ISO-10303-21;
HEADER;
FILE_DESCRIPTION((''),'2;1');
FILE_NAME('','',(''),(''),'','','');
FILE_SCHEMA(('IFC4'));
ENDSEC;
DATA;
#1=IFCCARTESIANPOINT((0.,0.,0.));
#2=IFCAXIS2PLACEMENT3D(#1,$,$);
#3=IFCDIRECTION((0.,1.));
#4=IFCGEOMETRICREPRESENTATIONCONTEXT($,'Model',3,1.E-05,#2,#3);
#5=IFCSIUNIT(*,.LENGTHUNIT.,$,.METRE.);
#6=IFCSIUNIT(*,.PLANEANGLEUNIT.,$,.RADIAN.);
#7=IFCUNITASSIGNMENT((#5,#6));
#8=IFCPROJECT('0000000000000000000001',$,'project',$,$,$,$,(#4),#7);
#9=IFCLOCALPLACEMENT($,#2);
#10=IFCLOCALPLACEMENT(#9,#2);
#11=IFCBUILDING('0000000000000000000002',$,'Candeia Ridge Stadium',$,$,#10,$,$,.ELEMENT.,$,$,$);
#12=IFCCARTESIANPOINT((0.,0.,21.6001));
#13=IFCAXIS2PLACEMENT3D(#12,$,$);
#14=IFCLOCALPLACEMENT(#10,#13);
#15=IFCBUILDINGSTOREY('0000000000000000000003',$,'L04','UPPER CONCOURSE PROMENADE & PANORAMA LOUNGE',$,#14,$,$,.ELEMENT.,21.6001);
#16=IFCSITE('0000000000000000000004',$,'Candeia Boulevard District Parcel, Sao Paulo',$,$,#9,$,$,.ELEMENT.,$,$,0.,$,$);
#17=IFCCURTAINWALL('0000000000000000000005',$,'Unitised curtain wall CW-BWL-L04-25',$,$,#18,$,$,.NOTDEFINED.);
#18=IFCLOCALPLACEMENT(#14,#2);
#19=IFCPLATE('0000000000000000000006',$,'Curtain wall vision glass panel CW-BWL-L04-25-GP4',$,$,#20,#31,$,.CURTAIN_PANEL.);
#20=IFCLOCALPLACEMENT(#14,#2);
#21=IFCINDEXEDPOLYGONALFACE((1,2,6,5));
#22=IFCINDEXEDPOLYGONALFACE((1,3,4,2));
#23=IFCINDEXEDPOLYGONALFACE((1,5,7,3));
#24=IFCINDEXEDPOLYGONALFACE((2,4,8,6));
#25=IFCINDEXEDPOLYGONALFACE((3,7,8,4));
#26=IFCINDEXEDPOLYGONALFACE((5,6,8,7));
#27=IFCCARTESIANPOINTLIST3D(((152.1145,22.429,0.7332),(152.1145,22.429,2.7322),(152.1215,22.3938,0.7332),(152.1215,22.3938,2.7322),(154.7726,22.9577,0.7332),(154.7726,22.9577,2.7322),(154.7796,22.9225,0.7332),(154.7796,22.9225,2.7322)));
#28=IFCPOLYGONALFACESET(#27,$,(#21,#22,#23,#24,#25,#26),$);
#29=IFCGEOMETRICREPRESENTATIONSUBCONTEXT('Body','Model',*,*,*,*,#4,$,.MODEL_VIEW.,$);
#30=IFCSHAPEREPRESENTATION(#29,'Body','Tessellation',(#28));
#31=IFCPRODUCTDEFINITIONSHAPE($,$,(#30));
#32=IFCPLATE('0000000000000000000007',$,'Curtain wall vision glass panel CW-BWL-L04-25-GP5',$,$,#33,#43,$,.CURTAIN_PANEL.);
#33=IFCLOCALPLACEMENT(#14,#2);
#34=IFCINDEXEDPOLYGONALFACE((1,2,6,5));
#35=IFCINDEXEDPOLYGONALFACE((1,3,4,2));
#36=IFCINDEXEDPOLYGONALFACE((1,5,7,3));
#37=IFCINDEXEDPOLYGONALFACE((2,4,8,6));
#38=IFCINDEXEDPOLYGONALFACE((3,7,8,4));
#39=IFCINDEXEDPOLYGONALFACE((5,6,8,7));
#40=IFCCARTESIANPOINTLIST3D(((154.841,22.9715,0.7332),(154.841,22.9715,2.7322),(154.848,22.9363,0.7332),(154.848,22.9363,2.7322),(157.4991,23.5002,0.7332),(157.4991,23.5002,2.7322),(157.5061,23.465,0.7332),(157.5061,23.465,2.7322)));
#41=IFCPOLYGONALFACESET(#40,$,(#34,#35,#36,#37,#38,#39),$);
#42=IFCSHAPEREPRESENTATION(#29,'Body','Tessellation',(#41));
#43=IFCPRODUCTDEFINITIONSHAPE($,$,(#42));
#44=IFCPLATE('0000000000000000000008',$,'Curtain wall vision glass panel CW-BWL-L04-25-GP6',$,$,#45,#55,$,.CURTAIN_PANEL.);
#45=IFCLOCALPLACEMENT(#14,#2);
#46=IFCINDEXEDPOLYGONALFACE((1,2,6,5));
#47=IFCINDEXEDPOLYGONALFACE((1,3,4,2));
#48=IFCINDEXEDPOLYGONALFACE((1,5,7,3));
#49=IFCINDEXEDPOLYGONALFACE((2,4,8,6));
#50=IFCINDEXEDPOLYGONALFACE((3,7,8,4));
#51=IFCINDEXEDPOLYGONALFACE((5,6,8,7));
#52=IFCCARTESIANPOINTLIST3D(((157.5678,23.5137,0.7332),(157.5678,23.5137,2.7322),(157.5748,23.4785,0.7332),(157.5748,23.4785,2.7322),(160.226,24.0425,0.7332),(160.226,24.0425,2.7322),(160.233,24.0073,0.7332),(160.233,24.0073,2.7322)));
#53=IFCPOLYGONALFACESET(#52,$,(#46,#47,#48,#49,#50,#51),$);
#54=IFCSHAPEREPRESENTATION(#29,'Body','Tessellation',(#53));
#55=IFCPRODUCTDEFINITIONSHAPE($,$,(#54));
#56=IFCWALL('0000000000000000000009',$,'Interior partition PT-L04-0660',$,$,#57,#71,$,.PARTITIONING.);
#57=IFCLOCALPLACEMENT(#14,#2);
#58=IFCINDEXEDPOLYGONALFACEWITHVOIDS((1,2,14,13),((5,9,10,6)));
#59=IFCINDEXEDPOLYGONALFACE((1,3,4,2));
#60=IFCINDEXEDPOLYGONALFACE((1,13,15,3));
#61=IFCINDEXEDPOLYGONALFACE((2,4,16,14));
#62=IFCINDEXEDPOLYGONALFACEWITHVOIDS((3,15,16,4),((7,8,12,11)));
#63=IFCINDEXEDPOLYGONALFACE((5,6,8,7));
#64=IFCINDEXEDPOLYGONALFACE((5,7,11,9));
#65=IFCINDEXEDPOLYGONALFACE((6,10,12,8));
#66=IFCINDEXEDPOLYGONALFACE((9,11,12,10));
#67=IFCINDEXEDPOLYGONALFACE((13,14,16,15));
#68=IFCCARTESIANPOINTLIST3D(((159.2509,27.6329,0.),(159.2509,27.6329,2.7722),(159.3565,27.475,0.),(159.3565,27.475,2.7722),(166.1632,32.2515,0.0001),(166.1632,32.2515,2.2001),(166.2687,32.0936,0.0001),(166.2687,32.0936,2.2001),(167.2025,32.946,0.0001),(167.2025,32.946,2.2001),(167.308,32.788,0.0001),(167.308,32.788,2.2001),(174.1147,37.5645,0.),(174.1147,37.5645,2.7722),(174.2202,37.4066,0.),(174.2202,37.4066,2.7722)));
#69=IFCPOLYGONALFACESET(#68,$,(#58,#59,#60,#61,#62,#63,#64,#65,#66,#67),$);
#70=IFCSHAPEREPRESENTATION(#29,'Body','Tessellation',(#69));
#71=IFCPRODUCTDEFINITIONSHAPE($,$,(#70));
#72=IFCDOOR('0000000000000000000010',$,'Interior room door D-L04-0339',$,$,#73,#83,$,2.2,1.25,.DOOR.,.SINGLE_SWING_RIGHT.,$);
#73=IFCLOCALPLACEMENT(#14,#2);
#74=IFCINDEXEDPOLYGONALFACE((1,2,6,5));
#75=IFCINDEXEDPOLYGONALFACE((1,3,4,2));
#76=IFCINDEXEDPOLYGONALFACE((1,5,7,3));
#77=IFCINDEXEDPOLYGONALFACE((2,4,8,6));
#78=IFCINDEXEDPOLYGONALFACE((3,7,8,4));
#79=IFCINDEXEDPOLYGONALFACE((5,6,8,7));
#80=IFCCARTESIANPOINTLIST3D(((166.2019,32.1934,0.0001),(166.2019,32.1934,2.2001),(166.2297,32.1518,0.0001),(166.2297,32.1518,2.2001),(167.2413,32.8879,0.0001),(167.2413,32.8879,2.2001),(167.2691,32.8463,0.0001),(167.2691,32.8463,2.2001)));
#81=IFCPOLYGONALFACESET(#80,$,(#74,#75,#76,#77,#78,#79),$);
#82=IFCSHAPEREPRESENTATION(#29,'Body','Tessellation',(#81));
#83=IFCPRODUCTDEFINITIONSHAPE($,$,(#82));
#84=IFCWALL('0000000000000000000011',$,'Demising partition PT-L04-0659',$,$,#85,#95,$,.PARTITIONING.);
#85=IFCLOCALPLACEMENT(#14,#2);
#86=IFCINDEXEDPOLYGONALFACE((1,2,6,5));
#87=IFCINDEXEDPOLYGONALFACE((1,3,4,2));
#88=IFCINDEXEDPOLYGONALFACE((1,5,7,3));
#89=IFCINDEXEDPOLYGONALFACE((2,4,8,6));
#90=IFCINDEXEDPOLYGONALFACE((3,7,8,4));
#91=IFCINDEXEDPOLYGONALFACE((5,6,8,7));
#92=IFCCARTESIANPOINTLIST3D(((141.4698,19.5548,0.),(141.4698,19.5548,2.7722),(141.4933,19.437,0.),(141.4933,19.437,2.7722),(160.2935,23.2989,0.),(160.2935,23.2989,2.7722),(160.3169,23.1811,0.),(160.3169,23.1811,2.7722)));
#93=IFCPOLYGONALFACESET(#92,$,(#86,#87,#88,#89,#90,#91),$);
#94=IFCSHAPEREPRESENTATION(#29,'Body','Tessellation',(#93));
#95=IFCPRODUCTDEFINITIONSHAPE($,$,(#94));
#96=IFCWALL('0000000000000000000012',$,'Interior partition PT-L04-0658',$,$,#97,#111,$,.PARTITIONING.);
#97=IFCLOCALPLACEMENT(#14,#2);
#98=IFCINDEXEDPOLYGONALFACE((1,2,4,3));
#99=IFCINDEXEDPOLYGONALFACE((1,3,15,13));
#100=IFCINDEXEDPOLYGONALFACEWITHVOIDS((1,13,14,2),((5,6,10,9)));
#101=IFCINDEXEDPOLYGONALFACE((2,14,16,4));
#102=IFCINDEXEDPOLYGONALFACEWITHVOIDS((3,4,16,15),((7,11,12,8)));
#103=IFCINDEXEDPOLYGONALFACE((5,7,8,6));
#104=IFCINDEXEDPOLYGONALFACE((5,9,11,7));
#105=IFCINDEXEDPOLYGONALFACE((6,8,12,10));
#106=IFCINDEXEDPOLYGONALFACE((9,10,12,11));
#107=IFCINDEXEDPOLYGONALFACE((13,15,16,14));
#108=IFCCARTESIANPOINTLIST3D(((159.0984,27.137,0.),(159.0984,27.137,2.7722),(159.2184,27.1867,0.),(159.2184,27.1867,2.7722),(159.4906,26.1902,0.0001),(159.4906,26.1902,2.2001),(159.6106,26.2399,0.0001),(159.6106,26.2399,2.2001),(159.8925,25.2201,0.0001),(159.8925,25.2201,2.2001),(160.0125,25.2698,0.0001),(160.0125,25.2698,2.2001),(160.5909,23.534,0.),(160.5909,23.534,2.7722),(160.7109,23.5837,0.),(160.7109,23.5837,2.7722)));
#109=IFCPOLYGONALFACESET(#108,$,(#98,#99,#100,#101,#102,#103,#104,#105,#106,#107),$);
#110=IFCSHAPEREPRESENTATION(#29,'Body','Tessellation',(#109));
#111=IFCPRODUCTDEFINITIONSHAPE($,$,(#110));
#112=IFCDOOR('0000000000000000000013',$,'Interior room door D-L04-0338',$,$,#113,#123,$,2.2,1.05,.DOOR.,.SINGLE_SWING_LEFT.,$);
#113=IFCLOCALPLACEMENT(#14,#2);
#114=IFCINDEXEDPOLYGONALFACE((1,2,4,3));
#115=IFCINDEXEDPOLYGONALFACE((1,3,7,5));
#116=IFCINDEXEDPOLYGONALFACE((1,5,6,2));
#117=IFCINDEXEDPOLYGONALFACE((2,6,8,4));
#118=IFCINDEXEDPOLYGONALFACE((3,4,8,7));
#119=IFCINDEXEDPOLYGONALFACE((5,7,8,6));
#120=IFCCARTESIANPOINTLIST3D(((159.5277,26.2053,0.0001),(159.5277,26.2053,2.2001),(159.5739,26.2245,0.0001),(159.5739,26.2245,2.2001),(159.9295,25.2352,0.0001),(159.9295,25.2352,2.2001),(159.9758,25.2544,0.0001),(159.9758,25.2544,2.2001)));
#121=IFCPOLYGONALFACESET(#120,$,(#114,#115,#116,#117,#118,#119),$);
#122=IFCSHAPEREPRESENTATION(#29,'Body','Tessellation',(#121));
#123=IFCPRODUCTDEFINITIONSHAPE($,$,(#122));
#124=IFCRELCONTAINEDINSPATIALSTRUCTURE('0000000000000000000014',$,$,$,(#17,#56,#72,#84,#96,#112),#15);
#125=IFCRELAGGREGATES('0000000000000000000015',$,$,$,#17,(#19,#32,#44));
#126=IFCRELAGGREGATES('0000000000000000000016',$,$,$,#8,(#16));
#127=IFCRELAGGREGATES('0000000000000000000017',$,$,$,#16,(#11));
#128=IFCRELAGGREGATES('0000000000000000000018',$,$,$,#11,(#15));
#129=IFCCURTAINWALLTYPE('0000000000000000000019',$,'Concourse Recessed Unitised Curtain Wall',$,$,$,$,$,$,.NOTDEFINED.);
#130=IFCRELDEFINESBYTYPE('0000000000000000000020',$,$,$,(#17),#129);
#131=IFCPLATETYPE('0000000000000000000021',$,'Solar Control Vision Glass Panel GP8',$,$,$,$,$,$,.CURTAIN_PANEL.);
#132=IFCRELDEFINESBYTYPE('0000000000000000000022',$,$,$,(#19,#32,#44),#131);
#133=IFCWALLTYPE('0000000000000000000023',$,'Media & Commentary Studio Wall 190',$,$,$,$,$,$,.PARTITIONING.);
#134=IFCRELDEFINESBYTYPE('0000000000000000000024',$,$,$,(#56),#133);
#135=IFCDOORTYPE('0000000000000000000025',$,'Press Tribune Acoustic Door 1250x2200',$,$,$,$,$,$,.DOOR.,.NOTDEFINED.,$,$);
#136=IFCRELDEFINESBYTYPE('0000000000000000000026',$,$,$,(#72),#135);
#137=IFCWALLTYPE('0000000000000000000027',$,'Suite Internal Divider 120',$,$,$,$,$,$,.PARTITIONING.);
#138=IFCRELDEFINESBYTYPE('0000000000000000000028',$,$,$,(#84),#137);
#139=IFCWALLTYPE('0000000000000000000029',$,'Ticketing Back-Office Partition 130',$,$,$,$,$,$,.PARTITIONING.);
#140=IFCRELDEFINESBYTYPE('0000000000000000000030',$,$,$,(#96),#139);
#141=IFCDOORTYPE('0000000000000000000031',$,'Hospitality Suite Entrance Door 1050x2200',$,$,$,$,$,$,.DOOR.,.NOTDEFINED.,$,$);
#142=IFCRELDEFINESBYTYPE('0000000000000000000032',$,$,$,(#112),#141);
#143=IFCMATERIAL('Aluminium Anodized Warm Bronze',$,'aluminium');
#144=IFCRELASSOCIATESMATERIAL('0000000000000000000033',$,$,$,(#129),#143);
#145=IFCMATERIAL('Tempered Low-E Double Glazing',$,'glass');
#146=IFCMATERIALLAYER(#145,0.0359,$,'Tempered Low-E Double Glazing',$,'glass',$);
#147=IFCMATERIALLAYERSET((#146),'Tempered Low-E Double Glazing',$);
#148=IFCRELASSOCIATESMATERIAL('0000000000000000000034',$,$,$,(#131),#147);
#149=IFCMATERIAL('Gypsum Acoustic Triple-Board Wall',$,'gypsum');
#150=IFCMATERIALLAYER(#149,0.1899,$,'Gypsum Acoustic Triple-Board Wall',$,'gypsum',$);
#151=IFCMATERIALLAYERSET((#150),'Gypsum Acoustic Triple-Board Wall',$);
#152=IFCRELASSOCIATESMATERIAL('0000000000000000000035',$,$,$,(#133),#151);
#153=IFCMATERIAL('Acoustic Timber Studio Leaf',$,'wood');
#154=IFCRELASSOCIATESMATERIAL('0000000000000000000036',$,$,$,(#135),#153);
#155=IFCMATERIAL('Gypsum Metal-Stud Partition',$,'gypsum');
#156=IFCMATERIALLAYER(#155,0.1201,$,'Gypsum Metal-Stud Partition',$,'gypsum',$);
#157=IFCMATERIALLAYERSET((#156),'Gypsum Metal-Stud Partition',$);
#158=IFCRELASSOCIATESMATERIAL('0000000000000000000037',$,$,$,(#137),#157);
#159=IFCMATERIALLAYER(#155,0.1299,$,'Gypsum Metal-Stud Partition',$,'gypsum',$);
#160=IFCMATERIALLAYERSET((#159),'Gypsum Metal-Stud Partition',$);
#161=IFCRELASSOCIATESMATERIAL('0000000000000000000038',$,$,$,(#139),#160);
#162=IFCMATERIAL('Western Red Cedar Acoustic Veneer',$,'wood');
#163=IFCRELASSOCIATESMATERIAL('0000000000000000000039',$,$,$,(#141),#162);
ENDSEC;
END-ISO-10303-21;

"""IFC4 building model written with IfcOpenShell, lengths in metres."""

from ifc_helpers import new_model, si_unit, direction, frame, frame_2d, origin, origin_2d, place, context, subcontext, project, spatial, rectangle, extrude, material, layer, layer_set, type_object, element, fill, aggregate, save


model = new_model("IFC4")

# Units and contexts
model_context = context("Model", 3, precision=1e-05, world=origin(), true_north=direction((0.0, 1.0)))
body_context = subcontext(model_context, "Body", "Model", "MODEL_VIEW")
ifc_project = project(units=[si_unit("LENGTHUNIT", "METRE"), si_unit("PLANEANGLEUNIT", "RADIAN")], contexts=[model_context])

# Site, building, storey
site_placement = place(None, origin())
site = spatial("IfcSite", under=ifc_project, at=site_placement, Name="Candeia Boulevard District Parcel, Sao Paulo", CompositionType="ELEMENT", RefElevation=0.0)
building_placement = place(site_placement, origin())
building = spatial("IfcBuilding", under=site, at=building_placement, Name="Candeia Ridge Stadium", CompositionType="ELEMENT")
storey_placement = place(building_placement, frame((0.0, 0.0, 21.6001)))
storey = spatial("IfcBuildingStorey", under=building, at=storey_placement, Name="L04", Description="UPPER CONCOURSE PROMENADE & PANORAMA LOUNGE", CompositionType="ELEMENT", Elevation=21.6001)

# Curtain wall
ifc_material_1 = material(Name="Aluminium Anodized Warm Bronze", Category="aluminium")
curtain_wall_type = type_object("IfcCurtainWallType", Name="Concourse Recessed Unitised Curtain Wall", PredefinedType="NOTDEFINED", material=ifc_material_1)
curtain_wall_1_placement = place(storey_placement, origin())
curtain_wall_1 = element("IfcCurtainWall", 1, at=curtain_wall_1_placement, inside=storey, type_object=curtain_wall_type, Name="Unitised curtain wall CW-BWL-L04-25", PredefinedType="NOTDEFINED")

# Plates
ifc_material_2 = material(Name="Tempered Low-E Double Glazing", Category="glass")
ifc_layer_1 = layer(ifc_material_2, 0.0359, Name="Tempered Low-E Double Glazing", Category="glass")
ifc_layer_set_1 = layer_set([ifc_layer_1], Name="Tempered Low-E Double Glazing")
plate_type_1 = type_object("IfcPlateType", Name="Solar Control Vision Glass Panel GP8", PredefinedType="CURTAIN_PANEL", material=ifc_layer_set_1)
plate_1_placement = place(storey_placement, frame((153.447, 22.6758, 0.7332), z_axis=(0.0, 0.0, 1.0), x_axis=(0.980785, 0.19509, 0.0)))
plate_1 = element("IfcPlate", 2, at=plate_1_placement, type_object=plate_type_1, Name="Curtain wall vision glass panel CW-BWL-L04-25-GP4", PredefinedType="CURTAIN_PANEL", context=body_context, shape_type="SweptSolid", body=[
    extrude(rectangle(XDim=2.7102, YDim=0.0359, at=origin_2d()), origin(), (0.0, 0.0, 1.0), 1.999),
])
plate_2_placement = place(storey_placement, frame((156.1736, 23.2183, 0.7332), z_axis=(0.0, 0.0, 1.0), x_axis=(0.980785, 0.19509, 0.0)))
plate_2 = element("IfcPlate", 3, at=plate_2_placement, type_object=plate_type_1, Name="Curtain wall vision glass panel CW-BWL-L04-25-GP5", PredefinedType="CURTAIN_PANEL", context=body_context, shape_type="SweptSolid", body=[
    extrude(rectangle(XDim=2.7102, YDim=0.0359, at=origin_2d()), origin(), (0.0, 0.0, 1.0), 1.999),
])
plate_3_placement = place(storey_placement, frame((158.9004, 23.7605, 0.7332), z_axis=(0.0, 0.0, 1.0), x_axis=(0.980785, 0.19509, 0.0)))
plate_3 = element("IfcPlate", 4, at=plate_3_placement, type_object=plate_type_1, Name="Curtain wall vision glass panel CW-BWL-L04-25-GP6", PredefinedType="CURTAIN_PANEL", context=body_context, shape_type="SweptSolid", body=[
    extrude(rectangle(XDim=2.7102, YDim=0.0359, at=origin_2d()), origin(), (0.0, 0.0, 1.0), 1.999),
])
aggregate(curtain_wall_1, [plate_1, plate_2, plate_3])

# Wall, opening, door
ifc_material_3 = material(Name="Gypsum Acoustic Triple-Board Wall", Category="gypsum")
ifc_layer_2 = layer(ifc_material_3, 0.1899, Name="Gypsum Acoustic Triple-Board Wall", Category="gypsum")
ifc_layer_set_2 = layer_set([ifc_layer_2], Name="Gypsum Acoustic Triple-Board Wall")
wall_type_1 = type_object("IfcWallType", Name="Media & Commentary Studio Wall 190", PredefinedType="PARTITIONING", material=ifc_layer_set_2)
wall_1_placement = place(storey_placement, frame((159.3037, 27.554, 0.0), z_axis=(0.0, 0.0, 1.0), x_axis=(0.83147, 0.55557, 0.0)))
wall_1 = element("IfcWall", 5, at=wall_1_placement, inside=storey, type_object=wall_type_1, Name="Interior partition PT-L04-0660", PredefinedType="PARTITIONING", context=body_context, shape_type="SweptSolid", body=[
    extrude(rectangle(XDim=17.8765, YDim=0.1899, at=frame_2d((8.9382, 0.0))), origin(), (0.0, 0.0, 1.0), 2.7722),
])
opening_1_placement = place(wall_1_placement, frame((8.3132, 0.0, 0.0)))
opening_1 = element("IfcOpeningElement", 6, at=opening_1_placement, cuts=wall_1, PredefinedType="OPENING", context=body_context, shape_type="SweptSolid", body=[
    extrude(rectangle(XDim=1.25, YDim=2.2, at=frame_2d((0.625, 1.1001))), frame((0.0, 0.105, 0.0), z_axis=(0.0, -1.0, 0.0), x_axis=(1.0, 0.0, 0.0)), (0.0, 0.0, 1.0), 0.21),
])
ifc_material_4 = material(Name="Acoustic Timber Studio Leaf", Category="wood")
door_type_1 = type_object("IfcDoorType", Name="Press Tribune Acoustic Door 1250x2200", OperationType="NOTDEFINED", PredefinedType="DOOR", material=ifc_material_4)
door_1_placement = place(opening_1_placement, frame((1.25, 0.0, 0.0), z_axis=(0.0, 0.0, 1.0), x_axis=(-1.0, 0.0, 0.0)))
door_1 = element("IfcDoor", 7, at=door_1_placement, inside=storey, type_object=door_type_1, Name="Interior room door D-L04-0339", OperationType="SINGLE_SWING_RIGHT", OverallHeight=2.2, OverallWidth=1.25, PredefinedType="DOOR", context=body_context, shape_type="SweptSolid", body=[
    extrude(rectangle(XDim=1.25, YDim=2.2, at=frame_2d((0.625, 1.1001))), frame((0.0, 0.0249, 0.0), z_axis=(0.0, -1.0, 0.0), x_axis=(1.0, 0.0, 0.0)), (0.0, 0.0, 1.0), 0.05),
])
fill(opening_1, door_1)

# Wall
ifc_material_5 = material(Name="Gypsum Metal-Stud Partition", Category="gypsum")
ifc_layer_3 = layer(ifc_material_5, 0.1201, Name="Gypsum Metal-Stud Partition", Category="gypsum")
ifc_layer_set_3 = layer_set([ifc_layer_3], Name="Gypsum Metal-Stud Partition")
wall_type_2 = type_object("IfcWallType", Name="Suite Internal Divider 120", PredefinedType="PARTITIONING", material=ifc_layer_set_3)
wall_2_placement = place(storey_placement, frame((160.3052, 23.24, 0.0), z_axis=(0.0, 0.0, 1.0), x_axis=(-0.980787, -0.195084, 0.0)))
element("IfcWall", 8, at=wall_2_placement, inside=storey, type_object=wall_type_2, Name="Demising partition PT-L04-0659", PredefinedType="PARTITIONING", context=body_context, shape_type="SweptSolid", body=[
    extrude(rectangle(XDim=19.1924, YDim=0.1201, at=frame_2d((9.5962, 0.0))), origin(), (0.0, 0.0, 1.0), 2.7722),
])

# Wall, opening, door
ifc_layer_4 = layer(ifc_material_5, 0.1299, Name="Gypsum Metal-Stud Partition", Category="gypsum")
ifc_layer_set_4 = layer_set([ifc_layer_4], Name="Gypsum Metal-Stud Partition")
wall_type_3 = type_object("IfcWallType", Name="Ticketing Back-Office Partition 130", PredefinedType="PARTITIONING", material=ifc_layer_set_4)
wall_3_placement = place(storey_placement, frame((159.1584, 27.1619, 0.0), z_axis=(0.0, 0.0, 1.0), x_axis=(0.382685, -0.923879, 0.0)))
wall_3 = element("IfcWall", 9, at=wall_3_placement, inside=storey, type_object=wall_type_3, Name="Interior partition PT-L04-0658", PredefinedType="PARTITIONING", context=body_context, shape_type="SweptSolid", body=[
    extrude(rectangle(XDim=3.8999, YDim=0.1299, at=frame_2d((1.95, 0.0))), origin(), (0.0, 0.0, 1.0), 2.7722),
])
opening_2_placement = place(wall_3_placement, frame((1.0249, 0.0, 0.0)))
opening_2 = element("IfcOpeningElement", 10, at=opening_2_placement, cuts=wall_3, PredefinedType="OPENING", context=body_context, shape_type="SweptSolid", body=[
    extrude(rectangle(XDim=1.05, YDim=2.2, at=frame_2d((0.5249, 1.1001))), frame((0.0, 0.075, 0.0), z_axis=(0.0, -1.0, 0.0), x_axis=(1.0, 0.0, 0.0)), (0.0, 0.0, 1.0), 0.1499),
])
ifc_material_6 = material(Name="Western Red Cedar Acoustic Veneer", Category="wood")
door_type_2 = type_object("IfcDoorType", Name="Hospitality Suite Entrance Door 1050x2200", OperationType="NOTDEFINED", PredefinedType="DOOR", material=ifc_material_6)
door_2_placement = place(opening_2_placement, frame((1.05, 0.0, 0.0), z_axis=(0.0, 0.0, 1.0), x_axis=(-1.0, 0.0, 0.0)))
door_2 = element("IfcDoor", 11, at=door_2_placement, inside=storey, type_object=door_type_2, Name="Interior room door D-L04-0338", OperationType="SINGLE_SWING_LEFT", OverallHeight=2.2, OverallWidth=1.05, PredefinedType="DOOR", context=body_context, shape_type="SweptSolid", body=[
    extrude(rectangle(XDim=1.05, YDim=2.2, at=frame_2d((0.5249, 1.1001))), frame((0.0, 0.0249, 0.0), z_axis=(0.0, -1.0, 0.0), x_axis=(1.0, 0.0, 0.0)), (0.0, 0.0, 1.0), 0.05),
])
fill(opening_2, door_2)

save(model, "model.ifc")
